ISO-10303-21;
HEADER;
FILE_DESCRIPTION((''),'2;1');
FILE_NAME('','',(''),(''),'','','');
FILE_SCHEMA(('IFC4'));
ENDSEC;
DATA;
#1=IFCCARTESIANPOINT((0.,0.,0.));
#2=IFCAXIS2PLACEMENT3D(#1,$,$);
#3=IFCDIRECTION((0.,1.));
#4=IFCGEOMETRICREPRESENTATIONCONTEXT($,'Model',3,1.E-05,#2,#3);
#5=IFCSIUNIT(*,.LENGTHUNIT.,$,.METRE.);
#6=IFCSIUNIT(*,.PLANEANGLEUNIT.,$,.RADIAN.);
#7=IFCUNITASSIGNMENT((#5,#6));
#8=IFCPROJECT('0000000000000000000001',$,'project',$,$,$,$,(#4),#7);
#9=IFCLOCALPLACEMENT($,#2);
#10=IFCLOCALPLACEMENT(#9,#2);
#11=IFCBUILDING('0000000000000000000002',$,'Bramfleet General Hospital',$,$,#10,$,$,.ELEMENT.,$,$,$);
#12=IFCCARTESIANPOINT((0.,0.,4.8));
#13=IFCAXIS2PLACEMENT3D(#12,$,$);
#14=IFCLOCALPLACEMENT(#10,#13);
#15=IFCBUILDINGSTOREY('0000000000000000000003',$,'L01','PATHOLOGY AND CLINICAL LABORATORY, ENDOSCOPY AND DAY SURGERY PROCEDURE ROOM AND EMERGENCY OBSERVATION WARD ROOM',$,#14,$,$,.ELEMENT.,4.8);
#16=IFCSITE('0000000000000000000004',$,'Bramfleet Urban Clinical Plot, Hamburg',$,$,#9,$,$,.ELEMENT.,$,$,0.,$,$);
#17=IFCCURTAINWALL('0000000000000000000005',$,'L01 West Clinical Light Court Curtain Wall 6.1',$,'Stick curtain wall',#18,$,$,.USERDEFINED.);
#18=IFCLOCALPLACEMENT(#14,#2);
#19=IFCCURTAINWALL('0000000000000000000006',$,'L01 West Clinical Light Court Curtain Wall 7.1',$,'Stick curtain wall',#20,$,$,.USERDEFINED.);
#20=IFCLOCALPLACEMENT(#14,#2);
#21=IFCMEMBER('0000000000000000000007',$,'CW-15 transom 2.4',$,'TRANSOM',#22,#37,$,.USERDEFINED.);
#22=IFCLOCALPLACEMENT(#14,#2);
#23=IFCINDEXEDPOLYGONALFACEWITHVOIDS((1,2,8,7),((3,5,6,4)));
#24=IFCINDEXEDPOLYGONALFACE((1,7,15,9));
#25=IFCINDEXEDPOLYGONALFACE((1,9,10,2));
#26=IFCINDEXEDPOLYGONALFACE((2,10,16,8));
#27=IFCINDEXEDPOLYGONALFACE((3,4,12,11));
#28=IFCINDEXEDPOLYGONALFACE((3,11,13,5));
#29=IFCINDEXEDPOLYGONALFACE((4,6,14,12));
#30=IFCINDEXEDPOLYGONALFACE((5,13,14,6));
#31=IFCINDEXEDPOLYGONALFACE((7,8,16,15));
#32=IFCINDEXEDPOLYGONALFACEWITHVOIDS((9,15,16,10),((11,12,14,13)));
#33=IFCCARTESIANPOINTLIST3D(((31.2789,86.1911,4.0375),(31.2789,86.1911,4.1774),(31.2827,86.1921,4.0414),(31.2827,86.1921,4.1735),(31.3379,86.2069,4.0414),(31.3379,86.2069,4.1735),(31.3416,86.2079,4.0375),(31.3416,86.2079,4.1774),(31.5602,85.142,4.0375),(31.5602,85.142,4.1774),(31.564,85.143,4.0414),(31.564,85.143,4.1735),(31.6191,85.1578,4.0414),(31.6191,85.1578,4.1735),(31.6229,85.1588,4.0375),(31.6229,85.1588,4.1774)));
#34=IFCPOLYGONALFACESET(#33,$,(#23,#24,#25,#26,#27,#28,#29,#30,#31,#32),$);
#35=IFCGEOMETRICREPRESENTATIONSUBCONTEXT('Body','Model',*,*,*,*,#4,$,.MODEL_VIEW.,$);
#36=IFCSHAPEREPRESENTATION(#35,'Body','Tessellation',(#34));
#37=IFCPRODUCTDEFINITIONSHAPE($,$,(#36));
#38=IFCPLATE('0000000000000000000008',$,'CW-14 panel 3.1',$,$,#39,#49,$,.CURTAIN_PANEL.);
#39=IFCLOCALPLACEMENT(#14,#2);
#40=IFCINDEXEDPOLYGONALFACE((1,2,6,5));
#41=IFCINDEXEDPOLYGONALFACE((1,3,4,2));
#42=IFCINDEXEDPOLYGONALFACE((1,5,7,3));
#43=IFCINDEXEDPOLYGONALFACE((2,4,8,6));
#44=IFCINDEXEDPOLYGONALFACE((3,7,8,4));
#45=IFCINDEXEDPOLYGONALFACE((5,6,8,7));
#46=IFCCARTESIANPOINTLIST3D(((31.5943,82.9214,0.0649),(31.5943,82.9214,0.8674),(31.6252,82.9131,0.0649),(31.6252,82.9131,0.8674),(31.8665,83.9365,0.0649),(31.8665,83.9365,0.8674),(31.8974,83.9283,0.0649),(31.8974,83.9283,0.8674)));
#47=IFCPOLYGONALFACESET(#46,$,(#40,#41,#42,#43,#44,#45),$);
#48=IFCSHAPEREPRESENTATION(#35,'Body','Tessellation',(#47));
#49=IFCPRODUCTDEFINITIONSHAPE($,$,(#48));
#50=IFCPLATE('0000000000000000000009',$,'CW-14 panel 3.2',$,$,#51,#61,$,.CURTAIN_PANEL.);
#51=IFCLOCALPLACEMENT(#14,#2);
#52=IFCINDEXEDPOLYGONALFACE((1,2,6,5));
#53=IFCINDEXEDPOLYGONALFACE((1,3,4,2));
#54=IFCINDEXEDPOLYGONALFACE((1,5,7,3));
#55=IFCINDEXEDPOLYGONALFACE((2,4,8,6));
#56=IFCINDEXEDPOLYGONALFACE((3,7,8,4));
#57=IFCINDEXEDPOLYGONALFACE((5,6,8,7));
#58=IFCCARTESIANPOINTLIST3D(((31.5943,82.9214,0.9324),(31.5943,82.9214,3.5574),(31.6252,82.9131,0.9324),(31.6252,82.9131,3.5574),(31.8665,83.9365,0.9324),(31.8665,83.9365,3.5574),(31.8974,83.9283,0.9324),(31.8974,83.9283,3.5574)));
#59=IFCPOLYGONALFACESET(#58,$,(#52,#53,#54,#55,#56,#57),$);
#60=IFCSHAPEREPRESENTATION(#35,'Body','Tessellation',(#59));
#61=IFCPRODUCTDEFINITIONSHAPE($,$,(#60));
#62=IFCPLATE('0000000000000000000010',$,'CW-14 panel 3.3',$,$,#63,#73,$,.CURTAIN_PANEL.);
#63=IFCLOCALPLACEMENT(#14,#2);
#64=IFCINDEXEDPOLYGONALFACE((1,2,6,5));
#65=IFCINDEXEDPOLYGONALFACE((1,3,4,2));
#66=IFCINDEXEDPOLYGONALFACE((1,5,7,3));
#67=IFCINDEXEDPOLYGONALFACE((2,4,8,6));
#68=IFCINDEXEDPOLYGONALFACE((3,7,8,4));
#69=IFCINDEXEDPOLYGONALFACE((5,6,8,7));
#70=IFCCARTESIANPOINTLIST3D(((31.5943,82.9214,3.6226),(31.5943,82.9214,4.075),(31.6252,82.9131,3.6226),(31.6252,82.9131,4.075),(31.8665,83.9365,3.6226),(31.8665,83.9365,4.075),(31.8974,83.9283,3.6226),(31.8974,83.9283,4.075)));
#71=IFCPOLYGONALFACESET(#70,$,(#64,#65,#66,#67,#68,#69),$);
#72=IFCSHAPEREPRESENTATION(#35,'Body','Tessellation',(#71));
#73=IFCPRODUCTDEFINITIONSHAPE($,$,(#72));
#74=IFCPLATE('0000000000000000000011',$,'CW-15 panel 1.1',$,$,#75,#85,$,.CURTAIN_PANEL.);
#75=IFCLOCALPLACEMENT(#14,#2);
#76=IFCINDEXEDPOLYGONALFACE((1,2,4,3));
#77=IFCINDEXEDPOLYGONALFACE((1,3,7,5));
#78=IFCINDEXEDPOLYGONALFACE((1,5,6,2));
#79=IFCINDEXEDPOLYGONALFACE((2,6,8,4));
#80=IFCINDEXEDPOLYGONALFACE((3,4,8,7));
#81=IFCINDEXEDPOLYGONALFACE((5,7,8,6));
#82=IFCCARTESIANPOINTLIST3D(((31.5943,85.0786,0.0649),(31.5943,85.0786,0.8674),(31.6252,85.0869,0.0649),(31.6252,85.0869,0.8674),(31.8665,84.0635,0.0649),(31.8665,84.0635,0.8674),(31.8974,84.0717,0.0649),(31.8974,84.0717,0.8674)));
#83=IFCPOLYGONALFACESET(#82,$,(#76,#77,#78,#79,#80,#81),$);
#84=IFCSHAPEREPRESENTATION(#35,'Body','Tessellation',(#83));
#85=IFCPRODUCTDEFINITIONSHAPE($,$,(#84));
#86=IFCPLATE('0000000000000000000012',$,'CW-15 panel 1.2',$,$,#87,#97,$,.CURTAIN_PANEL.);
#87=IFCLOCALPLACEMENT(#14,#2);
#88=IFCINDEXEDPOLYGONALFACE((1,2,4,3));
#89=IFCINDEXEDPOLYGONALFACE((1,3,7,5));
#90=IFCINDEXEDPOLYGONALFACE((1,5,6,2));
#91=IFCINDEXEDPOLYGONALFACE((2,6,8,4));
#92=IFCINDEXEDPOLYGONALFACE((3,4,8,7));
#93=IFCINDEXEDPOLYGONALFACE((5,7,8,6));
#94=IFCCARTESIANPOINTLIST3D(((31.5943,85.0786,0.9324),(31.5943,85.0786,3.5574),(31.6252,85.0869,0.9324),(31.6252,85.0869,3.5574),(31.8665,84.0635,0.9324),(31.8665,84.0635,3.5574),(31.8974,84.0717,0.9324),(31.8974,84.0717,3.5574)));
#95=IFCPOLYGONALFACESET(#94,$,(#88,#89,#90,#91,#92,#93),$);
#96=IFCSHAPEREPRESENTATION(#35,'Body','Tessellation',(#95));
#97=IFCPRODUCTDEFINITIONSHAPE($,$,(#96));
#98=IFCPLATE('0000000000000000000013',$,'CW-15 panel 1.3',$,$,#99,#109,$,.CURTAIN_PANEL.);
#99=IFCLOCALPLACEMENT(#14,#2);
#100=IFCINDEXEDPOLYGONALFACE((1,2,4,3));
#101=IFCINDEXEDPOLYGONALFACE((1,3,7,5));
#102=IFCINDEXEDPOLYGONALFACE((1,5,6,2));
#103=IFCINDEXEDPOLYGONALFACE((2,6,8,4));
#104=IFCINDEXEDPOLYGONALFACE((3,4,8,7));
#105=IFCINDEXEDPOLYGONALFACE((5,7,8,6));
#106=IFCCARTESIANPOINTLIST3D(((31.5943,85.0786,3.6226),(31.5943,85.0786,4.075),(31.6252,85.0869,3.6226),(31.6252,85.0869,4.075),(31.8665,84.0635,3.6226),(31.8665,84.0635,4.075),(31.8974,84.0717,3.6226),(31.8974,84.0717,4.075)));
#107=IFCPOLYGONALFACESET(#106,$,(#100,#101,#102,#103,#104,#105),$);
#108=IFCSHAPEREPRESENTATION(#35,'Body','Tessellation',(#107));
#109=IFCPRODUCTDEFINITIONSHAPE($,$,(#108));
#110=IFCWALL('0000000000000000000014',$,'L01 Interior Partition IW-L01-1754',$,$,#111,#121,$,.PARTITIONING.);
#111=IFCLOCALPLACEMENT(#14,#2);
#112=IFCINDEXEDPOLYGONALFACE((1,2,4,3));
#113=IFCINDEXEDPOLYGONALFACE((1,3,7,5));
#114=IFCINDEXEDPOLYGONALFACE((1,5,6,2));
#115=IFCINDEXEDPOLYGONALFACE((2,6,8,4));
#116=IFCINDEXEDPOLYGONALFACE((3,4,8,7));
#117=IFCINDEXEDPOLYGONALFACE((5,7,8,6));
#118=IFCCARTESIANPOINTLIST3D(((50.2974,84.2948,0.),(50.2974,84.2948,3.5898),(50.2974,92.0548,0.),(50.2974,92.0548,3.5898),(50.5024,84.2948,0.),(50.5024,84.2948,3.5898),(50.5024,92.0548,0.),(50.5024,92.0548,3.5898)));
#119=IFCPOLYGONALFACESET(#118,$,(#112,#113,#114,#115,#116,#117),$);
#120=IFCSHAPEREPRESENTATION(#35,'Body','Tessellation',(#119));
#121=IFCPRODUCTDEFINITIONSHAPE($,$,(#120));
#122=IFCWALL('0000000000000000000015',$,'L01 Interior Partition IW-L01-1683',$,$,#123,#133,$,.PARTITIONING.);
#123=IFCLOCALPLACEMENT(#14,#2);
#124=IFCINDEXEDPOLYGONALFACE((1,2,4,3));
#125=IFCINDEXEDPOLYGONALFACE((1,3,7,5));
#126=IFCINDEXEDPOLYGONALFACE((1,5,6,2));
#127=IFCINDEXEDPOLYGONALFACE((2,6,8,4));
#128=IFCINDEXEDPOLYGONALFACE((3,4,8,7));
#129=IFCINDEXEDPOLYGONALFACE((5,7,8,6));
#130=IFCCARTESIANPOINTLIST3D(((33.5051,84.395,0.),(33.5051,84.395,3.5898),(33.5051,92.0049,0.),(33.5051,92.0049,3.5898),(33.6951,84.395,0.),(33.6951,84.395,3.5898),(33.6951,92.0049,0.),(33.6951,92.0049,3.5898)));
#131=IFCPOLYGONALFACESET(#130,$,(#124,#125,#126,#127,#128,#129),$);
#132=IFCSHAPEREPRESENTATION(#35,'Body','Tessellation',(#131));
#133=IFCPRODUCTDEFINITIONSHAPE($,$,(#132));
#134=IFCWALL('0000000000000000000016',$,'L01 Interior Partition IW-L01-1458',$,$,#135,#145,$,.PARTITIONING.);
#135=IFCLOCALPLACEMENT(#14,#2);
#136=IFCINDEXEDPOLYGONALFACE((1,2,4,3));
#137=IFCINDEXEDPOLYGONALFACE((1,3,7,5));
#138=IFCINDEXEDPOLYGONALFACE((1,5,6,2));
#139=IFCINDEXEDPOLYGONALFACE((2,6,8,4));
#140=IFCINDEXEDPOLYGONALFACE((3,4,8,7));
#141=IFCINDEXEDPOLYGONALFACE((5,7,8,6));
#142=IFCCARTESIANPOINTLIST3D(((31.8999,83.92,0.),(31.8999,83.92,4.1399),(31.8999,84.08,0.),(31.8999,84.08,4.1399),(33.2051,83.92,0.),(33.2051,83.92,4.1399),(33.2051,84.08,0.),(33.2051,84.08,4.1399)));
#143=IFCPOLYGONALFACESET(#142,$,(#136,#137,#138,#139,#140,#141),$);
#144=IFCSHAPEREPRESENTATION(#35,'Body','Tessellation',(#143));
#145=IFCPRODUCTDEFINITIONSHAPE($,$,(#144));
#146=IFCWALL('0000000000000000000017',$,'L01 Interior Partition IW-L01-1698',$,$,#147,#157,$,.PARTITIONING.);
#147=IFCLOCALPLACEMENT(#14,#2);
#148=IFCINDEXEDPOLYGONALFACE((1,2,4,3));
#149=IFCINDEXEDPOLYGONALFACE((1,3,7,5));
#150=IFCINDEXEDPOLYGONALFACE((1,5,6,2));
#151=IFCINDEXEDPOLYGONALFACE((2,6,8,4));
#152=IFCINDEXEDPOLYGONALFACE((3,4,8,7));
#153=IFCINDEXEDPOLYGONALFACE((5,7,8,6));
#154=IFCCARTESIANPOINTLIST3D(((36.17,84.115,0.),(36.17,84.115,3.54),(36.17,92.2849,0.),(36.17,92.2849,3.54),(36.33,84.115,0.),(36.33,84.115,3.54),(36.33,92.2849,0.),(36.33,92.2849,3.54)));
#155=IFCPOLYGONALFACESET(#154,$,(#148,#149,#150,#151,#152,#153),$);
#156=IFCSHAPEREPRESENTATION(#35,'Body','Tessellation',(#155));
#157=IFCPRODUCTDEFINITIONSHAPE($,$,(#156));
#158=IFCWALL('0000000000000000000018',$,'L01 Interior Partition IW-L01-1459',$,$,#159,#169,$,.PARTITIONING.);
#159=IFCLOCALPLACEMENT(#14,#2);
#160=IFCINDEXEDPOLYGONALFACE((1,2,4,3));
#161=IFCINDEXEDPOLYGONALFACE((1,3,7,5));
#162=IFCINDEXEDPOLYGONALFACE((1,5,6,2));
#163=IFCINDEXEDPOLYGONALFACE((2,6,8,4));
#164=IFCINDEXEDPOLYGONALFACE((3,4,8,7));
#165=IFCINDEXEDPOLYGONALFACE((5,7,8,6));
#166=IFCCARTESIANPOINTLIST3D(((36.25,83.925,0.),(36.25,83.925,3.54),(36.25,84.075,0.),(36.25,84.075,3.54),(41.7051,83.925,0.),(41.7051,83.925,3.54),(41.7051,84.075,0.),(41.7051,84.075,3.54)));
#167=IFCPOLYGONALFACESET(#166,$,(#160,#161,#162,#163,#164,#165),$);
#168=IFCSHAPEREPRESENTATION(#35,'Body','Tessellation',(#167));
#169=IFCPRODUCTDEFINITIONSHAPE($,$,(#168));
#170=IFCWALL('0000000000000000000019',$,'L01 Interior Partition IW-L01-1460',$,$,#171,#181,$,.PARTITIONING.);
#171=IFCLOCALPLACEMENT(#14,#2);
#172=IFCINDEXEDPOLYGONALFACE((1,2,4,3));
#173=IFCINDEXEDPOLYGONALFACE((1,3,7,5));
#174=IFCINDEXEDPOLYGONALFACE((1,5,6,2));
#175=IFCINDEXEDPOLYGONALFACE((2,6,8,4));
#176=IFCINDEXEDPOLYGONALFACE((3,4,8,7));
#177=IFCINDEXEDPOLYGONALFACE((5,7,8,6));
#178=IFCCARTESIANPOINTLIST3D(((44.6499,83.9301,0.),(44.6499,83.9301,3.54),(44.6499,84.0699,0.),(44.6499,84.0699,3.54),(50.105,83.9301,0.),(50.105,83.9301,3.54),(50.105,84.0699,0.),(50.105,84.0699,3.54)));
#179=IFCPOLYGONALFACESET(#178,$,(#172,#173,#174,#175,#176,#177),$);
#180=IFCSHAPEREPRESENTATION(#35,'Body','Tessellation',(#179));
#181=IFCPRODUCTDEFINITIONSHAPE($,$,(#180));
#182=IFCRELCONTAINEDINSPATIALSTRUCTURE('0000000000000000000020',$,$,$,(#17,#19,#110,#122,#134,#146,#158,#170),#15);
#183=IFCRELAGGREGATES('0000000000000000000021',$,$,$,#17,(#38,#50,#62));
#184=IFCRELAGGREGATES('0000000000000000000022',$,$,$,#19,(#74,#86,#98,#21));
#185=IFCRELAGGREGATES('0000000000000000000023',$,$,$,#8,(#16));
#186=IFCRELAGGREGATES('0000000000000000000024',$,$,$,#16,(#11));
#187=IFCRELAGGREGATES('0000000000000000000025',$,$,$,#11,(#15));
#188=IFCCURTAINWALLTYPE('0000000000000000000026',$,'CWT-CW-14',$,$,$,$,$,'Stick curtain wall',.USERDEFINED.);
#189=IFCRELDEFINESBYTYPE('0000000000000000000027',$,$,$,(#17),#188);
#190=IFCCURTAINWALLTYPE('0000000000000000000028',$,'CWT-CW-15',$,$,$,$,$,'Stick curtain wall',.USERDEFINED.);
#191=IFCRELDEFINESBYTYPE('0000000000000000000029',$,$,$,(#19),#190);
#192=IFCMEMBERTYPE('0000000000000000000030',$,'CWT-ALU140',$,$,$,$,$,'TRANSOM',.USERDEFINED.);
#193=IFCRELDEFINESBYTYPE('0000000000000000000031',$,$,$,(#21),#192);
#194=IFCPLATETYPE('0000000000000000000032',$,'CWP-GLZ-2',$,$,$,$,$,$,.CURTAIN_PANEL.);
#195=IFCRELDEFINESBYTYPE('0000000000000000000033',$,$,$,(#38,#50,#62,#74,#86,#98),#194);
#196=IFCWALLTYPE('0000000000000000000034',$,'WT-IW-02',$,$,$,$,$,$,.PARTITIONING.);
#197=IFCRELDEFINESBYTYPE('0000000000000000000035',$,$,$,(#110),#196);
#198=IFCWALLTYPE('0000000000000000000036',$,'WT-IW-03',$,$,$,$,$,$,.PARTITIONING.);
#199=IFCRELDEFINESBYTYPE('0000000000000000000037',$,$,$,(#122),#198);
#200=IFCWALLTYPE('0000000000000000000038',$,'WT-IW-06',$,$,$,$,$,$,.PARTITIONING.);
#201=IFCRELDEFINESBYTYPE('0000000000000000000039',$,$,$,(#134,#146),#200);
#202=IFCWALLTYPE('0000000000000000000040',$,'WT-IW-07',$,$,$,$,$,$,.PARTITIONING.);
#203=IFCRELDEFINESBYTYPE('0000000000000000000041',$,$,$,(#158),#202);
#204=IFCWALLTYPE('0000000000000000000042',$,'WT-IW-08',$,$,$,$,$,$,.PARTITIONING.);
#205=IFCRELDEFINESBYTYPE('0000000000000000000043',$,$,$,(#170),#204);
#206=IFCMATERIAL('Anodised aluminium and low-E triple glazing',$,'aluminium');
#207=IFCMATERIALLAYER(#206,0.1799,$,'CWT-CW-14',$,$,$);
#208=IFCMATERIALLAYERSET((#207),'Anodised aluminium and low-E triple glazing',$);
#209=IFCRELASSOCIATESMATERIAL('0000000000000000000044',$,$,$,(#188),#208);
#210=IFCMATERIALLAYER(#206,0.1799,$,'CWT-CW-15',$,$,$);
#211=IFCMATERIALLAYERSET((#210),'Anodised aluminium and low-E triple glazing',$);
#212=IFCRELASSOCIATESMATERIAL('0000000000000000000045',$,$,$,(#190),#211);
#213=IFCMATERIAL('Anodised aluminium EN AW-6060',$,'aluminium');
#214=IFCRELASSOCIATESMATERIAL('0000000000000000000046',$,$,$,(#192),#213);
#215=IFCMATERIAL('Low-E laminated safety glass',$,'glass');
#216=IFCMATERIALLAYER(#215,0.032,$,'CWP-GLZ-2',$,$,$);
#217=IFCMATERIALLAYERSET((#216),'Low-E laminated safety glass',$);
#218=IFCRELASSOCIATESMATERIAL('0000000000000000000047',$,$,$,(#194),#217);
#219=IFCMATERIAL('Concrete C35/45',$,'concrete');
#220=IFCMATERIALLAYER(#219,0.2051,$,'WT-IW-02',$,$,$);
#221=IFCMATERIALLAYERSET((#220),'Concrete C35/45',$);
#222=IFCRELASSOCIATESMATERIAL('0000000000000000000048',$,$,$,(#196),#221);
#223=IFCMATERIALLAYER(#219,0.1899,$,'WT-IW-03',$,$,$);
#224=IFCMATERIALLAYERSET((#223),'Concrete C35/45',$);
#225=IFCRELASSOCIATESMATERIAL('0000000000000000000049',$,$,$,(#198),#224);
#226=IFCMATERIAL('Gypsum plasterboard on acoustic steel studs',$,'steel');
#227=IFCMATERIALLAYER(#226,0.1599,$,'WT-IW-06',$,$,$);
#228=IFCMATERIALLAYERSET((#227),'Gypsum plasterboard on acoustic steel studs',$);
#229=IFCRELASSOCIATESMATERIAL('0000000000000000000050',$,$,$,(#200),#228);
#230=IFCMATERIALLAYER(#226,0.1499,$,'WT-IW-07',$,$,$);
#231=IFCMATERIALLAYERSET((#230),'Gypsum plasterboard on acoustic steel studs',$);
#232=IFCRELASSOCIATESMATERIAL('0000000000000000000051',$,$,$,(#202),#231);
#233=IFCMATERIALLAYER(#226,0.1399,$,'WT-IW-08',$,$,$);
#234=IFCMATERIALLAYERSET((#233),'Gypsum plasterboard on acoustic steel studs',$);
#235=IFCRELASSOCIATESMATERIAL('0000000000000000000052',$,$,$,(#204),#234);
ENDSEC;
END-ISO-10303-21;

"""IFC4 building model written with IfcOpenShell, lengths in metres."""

from ifc_helpers import new_model, si_unit, direction, frame, frame_2d, origin, origin_2d, place, context, subcontext, project, spatial, rectangle, hollow_rectangle, extrude, material, layer, layer_set, material_profile, profile_set, type_object, element, aggregate, save


model = new_model("IFC4")

# Units and contexts
model_context = context("Model", 3, precision=1e-05, world=origin(), true_north=direction((0.0, 1.0)))
body_context = subcontext(model_context, "Body", "Model", "MODEL_VIEW")
ifc_project = project(units=[si_unit("LENGTHUNIT", "METRE"), si_unit("PLANEANGLEUNIT", "RADIAN")], contexts=[model_context])

# Site, building, storey
site_placement = place(None, origin())
site = spatial("IfcSite", under=ifc_project, at=site_placement, Name="Bramfleet Urban Clinical Plot, Hamburg", CompositionType="ELEMENT", RefElevation=0.0)
building_placement = place(site_placement, origin())
building = spatial("IfcBuilding", under=site, at=building_placement, Name="Bramfleet General Hospital", CompositionType="ELEMENT")
storey_placement = place(building_placement, frame((0.0, 0.0, 4.8)))
storey = spatial("IfcBuildingStorey", under=building, at=storey_placement, Name="L01", Description="PATHOLOGY AND CLINICAL LABORATORY, ENDOSCOPY AND DAY SURGERY PROCEDURE ROOM AND EMERGENCY OBSERVATION WARD ROOM", CompositionType="ELEMENT", Elevation=4.8)

# Shared definitions
ifc_material_1 = material(Name="Concrete C35/45", Category="concrete")

# Curtain walls
ifc_material_2 = material(Name="Anodised aluminium and low-E triple glazing", Category="aluminium")
ifc_layer_1 = layer(ifc_material_2, 0.1799, Name="CWT-CW-14")
ifc_layer_set_1 = layer_set([ifc_layer_1], Name="Anodised aluminium and low-E triple glazing")
curtain_wall_type_1 = type_object("IfcCurtainWallType", Name="CWT-CW-14", ElementType="Stick curtain wall", PredefinedType="USERDEFINED", material=ifc_layer_set_1)
curtain_wall_1_placement = place(storey_placement, origin())
curtain_wall_1 = element("IfcCurtainWall", 1, at=curtain_wall_1_placement, inside=storey, type_object=curtain_wall_type_1, Name="L01 West Clinical Light Court Curtain Wall 6.1", ObjectType="Stick curtain wall", PredefinedType="USERDEFINED")
ifc_material_3 = material(Name="Anodised aluminium EN AW-6060", Category="aluminium")
ifc_layer_2 = layer(ifc_material_2, 0.1799, Name="CWT-CW-15")
ifc_layer_set_2 = layer_set([ifc_layer_2], Name="Anodised aluminium and low-E triple glazing")
curtain_wall_type_2 = type_object("IfcCurtainWallType", Name="CWT-CW-15", ElementType="Stick curtain wall", PredefinedType="USERDEFINED", material=ifc_layer_set_2)
curtain_wall_2_placement = place(storey_placement, origin())
curtain_wall_2 = element("IfcCurtainWall", 2, at=curtain_wall_2_placement, inside=storey, type_object=curtain_wall_type_2, Name="L01 West Clinical Light Court Curtain Wall 7.1", ObjectType="Stick curtain wall", PredefinedType="USERDEFINED")

# Member
ifc_material_profile_1 = material_profile(ifc_material_3, hollow_rectangle(XDim=0.0649, YDim=0.1399, WallThickness=0.0039, at=origin_2d()), Name="ALU 140x65x4.0")
ifc_profile_set_1 = profile_set([ifc_material_profile_1], Name="Anodised aluminium EN AW-6060")
member_type_1 = type_object("IfcMemberType", Name="CWT-ALU140", ElementType="TRANSOM", PredefinedType="USERDEFINED", material=ifc_profile_set_1)
member_1_placement = place(storey_placement, frame((31.5916, 85.1504, 4.1074), z_axis=(-0.25895, 0.965891, 0.0), x_axis=(-0.965891, -0.25895, 0.0)))
member_1 = element("IfcMember", 3, at=member_1_placement, type_object=member_type_1, Name="CW-15 transom 2.4", ObjectType="TRANSOM", PredefinedType="USERDEFINED", context=body_context, shape_type="SweptSolid", body=[
    extrude(hollow_rectangle(XDim=0.0649, YDim=0.1399, WallThickness=0.0039, at=origin_2d()), origin(), (0.0, 0.0, 1.0), 1.0862),
])

# Plates
ifc_material_4 = material(Name="Low-E laminated safety glass", Category="glass")
ifc_layer_3 = layer(ifc_material_4, 0.032, Name="CWP-GLZ-2")
ifc_layer_set_3 = layer_set([ifc_layer_3], Name="Low-E laminated safety glass")
plate_type = type_object("IfcPlateType", Name="CWP-GLZ-2", PredefinedType="CURTAIN_PANEL", material=ifc_layer_set_3)
plate_1_placement = place(storey_placement, frame((31.7458, 83.4248, 0.0649), z_axis=(0.0, 0.0, 1.0), x_axis=(0.258919, 0.965899, 0.0)))
plate_1 = element("IfcPlate", 4, at=plate_1_placement, type_object=plate_type, Name="CW-14 panel 3.1", PredefinedType="CURTAIN_PANEL", context=body_context, shape_type="SweptSolid", body=[
    extrude(rectangle(XDim=1.051, YDim=0.032, at=origin_2d()), origin(), (0.0, 0.0, 1.0), 0.8025),
])
plate_2_placement = place(storey_placement, frame((31.7458, 83.4248, 0.9324), z_axis=(0.0, 0.0, 1.0), x_axis=(0.258919, 0.965899, 0.0)))
plate_2 = element("IfcPlate", 5, at=plate_2_placement, type_object=plate_type, Name="CW-14 panel 3.2", PredefinedType="CURTAIN_PANEL", context=body_context, shape_type="SweptSolid", body=[
    extrude(rectangle(XDim=1.051, YDim=0.032, at=origin_2d()), origin(), (0.0, 0.0, 1.0), 2.625),
])
plate_3_placement = place(storey_placement, frame((31.7458, 83.4248, 3.6226), z_axis=(0.0, 0.0, 1.0), x_axis=(0.258919, 0.965899, 0.0)))
plate_3 = element("IfcPlate", 6, at=plate_3_placement, type_object=plate_type, Name="CW-14 panel 3.3", PredefinedType="CURTAIN_PANEL", context=body_context, shape_type="SweptSolid", body=[
    extrude(rectangle(XDim=1.051, YDim=0.032, at=origin_2d()), origin(), (0.0, 0.0, 1.0), 0.4524),
])
aggregate(curtain_wall_1, [plate_1, plate_2, plate_3])
plate_4_placement = place(storey_placement, frame((31.7458, 84.5752, 0.0649), z_axis=(0.0, 0.0, 1.0), x_axis=(-0.258919, 0.965899, 0.0)))
plate_4 = element("IfcPlate", 7, at=plate_4_placement, type_object=plate_type, Name="CW-15 panel 1.1", PredefinedType="CURTAIN_PANEL", context=body_context, shape_type="SweptSolid", body=[
    extrude(rectangle(XDim=1.051, YDim=0.032, at=origin_2d()), origin(), (0.0, 0.0, 1.0), 0.8025),
])
plate_5_placement = place(storey_placement, frame((31.7458, 84.5752, 0.9324), z_axis=(0.0, 0.0, 1.0), x_axis=(-0.258919, 0.965899, 0.0)))
plate_5 = element("IfcPlate", 8, at=plate_5_placement, type_object=plate_type, Name="CW-15 panel 1.2", PredefinedType="CURTAIN_PANEL", context=body_context, shape_type="SweptSolid", body=[
    extrude(rectangle(XDim=1.051, YDim=0.032, at=origin_2d()), origin(), (0.0, 0.0, 1.0), 2.625),
])
plate_6_placement = place(storey_placement, frame((31.7458, 84.5752, 3.6226), z_axis=(0.0, 0.0, 1.0), x_axis=(-0.258919, 0.965899, 0.0)))
plate_6 = element("IfcPlate", 9, at=plate_6_placement, type_object=plate_type, Name="CW-15 panel 1.3", PredefinedType="CURTAIN_PANEL", context=body_context, shape_type="SweptSolid", body=[
    extrude(rectangle(XDim=1.051, YDim=0.032, at=origin_2d()), origin(), (0.0, 0.0, 1.0), 0.4524),
])
aggregate(curtain_wall_2, [plate_4, plate_5, plate_6, member_1])

# Walls
ifc_layer_4 = layer(ifc_material_1, 0.2051, Name="WT-IW-02")
ifc_layer_set_4 = layer_set([ifc_layer_4], Name="Concrete C35/45")
wall_type_1 = type_object("IfcWallType", Name="WT-IW-02", PredefinedType="PARTITIONING", material=ifc_layer_set_4)
wall_1_placement = place(storey_placement, frame((50.3999, 84.2949, 0.0), z_axis=(0.0, 0.0, 1.0), x_axis=(0.0, 1.0, 0.0)))
element("IfcWall", 10, at=wall_1_placement, inside=storey, type_object=wall_type_1, Name="L01 Interior Partition IW-L01-1754", PredefinedType="PARTITIONING", context=body_context, shape_type="SweptSolid", body=[
    extrude(rectangle(XDim=7.76, YDim=0.2051, at=frame_2d((3.8799, 0.0))), origin(), (0.0, 0.0, 1.0), 3.5898),
])
ifc_layer_5 = layer(ifc_material_1, 0.1899, Name="WT-IW-03")
ifc_layer_set_5 = layer_set([ifc_layer_5], Name="Concrete C35/45")
wall_type_2 = type_object("IfcWallType", Name="WT-IW-03", PredefinedType="PARTITIONING", material=ifc_layer_set_5)
wall_2_placement = place(storey_placement, frame((33.6001, 84.395, 0.0), z_axis=(0.0, 0.0, 1.0), x_axis=(0.0, 1.0, 0.0)))
element("IfcWall", 11, at=wall_2_placement, inside=storey, type_object=wall_type_2, Name="L01 Interior Partition IW-L01-1683", PredefinedType="PARTITIONING", context=body_context, shape_type="SweptSolid", body=[
    extrude(rectangle(XDim=7.6099, YDim=0.1899, at=frame_2d((3.8049, 0.0))), origin(), (0.0, 0.0, 1.0), 3.5898),
])
ifc_material_5 = material(Name="Gypsum plasterboard on acoustic steel studs", Category="steel")
ifc_layer_6 = layer(ifc_material_5, 0.1599, Name="WT-IW-06")
ifc_layer_set_6 = layer_set([ifc_layer_6], Name="Gypsum plasterboard on acoustic steel studs")
wall_type_3 = type_object("IfcWallType", Name="WT-IW-06", PredefinedType="PARTITIONING", material=ifc_layer_set_6)
wall_3_placement = place(storey_placement, frame((31.8999, 84.0, 0.0), z_axis=(0.0, 0.0, 1.0), x_axis=(1.0, 0.0, 0.0)))
element("IfcWall", 12, at=wall_3_placement, inside=storey, type_object=wall_type_3, Name="L01 Interior Partition IW-L01-1458", PredefinedType="PARTITIONING", context=body_context, shape_type="SweptSolid", body=[
    extrude(rectangle(XDim=1.3052, YDim=0.1599, at=frame_2d((0.6526, 0.0))), origin(), (0.0, 0.0, 1.0), 4.1399),
])
wall_4_placement = place(storey_placement, frame((36.25, 84.115, 0.0), z_axis=(0.0, 0.0, 1.0), x_axis=(0.0, 1.0, 0.0)))
element("IfcWall", 13, at=wall_4_placement, inside=storey, type_object=wall_type_3, Name="L01 Interior Partition IW-L01-1698", PredefinedType="PARTITIONING", context=body_context, shape_type="SweptSolid", body=[
    extrude(rectangle(XDim=8.1699, YDim=0.1599, at=frame_2d((4.085, 0.0))), origin(), (0.0, 0.0, 1.0), 3.54),
])
ifc_layer_7 = layer(ifc_material_5, 0.1499, Name="WT-IW-07")
ifc_layer_set_7 = layer_set([ifc_layer_7], Name="Gypsum plasterboard on acoustic steel studs")
wall_type_4 = type_object("IfcWallType", Name="WT-IW-07", PredefinedType="PARTITIONING", material=ifc_layer_set_7)
wall_5_placement = place(storey_placement, frame((36.25, 84.0, 0.0), z_axis=(0.0, 0.0, 1.0), x_axis=(1.0, 0.0, 0.0)))
element("IfcWall", 14, at=wall_5_placement, inside=storey, type_object=wall_type_4, Name="L01 Interior Partition IW-L01-1459", PredefinedType="PARTITIONING", context=body_context, shape_type="SweptSolid", body=[
    extrude(rectangle(XDim=5.4551, YDim=0.1499, at=frame_2d((2.7275, 0.0))), origin(), (0.0, 0.0, 1.0), 3.54),
])
ifc_layer_8 = layer(ifc_material_5, 0.1399, Name="WT-IW-08")
ifc_layer_set_8 = layer_set([ifc_layer_8], Name="Gypsum plasterboard on acoustic steel studs")
wall_type_5 = type_object("IfcWallType", Name="WT-IW-08", PredefinedType="PARTITIONING", material=ifc_layer_set_8)
wall_6_placement = place(storey_placement, frame((44.6499, 84.0, 0.0), z_axis=(0.0, 0.0, 1.0), x_axis=(1.0, 0.0, 0.0)))
element("IfcWall", 15, at=wall_6_placement, inside=storey, type_object=wall_type_5, Name="L01 Interior Partition IW-L01-1460", PredefinedType="PARTITIONING", context=body_context, shape_type="SweptSolid", body=[
    extrude(rectangle(XDim=5.4551, YDim=0.1399, at=frame_2d((2.7275, 0.0))), origin(), (0.0, 0.0, 1.0), 3.54),
])

save(model, "model.ifc")
